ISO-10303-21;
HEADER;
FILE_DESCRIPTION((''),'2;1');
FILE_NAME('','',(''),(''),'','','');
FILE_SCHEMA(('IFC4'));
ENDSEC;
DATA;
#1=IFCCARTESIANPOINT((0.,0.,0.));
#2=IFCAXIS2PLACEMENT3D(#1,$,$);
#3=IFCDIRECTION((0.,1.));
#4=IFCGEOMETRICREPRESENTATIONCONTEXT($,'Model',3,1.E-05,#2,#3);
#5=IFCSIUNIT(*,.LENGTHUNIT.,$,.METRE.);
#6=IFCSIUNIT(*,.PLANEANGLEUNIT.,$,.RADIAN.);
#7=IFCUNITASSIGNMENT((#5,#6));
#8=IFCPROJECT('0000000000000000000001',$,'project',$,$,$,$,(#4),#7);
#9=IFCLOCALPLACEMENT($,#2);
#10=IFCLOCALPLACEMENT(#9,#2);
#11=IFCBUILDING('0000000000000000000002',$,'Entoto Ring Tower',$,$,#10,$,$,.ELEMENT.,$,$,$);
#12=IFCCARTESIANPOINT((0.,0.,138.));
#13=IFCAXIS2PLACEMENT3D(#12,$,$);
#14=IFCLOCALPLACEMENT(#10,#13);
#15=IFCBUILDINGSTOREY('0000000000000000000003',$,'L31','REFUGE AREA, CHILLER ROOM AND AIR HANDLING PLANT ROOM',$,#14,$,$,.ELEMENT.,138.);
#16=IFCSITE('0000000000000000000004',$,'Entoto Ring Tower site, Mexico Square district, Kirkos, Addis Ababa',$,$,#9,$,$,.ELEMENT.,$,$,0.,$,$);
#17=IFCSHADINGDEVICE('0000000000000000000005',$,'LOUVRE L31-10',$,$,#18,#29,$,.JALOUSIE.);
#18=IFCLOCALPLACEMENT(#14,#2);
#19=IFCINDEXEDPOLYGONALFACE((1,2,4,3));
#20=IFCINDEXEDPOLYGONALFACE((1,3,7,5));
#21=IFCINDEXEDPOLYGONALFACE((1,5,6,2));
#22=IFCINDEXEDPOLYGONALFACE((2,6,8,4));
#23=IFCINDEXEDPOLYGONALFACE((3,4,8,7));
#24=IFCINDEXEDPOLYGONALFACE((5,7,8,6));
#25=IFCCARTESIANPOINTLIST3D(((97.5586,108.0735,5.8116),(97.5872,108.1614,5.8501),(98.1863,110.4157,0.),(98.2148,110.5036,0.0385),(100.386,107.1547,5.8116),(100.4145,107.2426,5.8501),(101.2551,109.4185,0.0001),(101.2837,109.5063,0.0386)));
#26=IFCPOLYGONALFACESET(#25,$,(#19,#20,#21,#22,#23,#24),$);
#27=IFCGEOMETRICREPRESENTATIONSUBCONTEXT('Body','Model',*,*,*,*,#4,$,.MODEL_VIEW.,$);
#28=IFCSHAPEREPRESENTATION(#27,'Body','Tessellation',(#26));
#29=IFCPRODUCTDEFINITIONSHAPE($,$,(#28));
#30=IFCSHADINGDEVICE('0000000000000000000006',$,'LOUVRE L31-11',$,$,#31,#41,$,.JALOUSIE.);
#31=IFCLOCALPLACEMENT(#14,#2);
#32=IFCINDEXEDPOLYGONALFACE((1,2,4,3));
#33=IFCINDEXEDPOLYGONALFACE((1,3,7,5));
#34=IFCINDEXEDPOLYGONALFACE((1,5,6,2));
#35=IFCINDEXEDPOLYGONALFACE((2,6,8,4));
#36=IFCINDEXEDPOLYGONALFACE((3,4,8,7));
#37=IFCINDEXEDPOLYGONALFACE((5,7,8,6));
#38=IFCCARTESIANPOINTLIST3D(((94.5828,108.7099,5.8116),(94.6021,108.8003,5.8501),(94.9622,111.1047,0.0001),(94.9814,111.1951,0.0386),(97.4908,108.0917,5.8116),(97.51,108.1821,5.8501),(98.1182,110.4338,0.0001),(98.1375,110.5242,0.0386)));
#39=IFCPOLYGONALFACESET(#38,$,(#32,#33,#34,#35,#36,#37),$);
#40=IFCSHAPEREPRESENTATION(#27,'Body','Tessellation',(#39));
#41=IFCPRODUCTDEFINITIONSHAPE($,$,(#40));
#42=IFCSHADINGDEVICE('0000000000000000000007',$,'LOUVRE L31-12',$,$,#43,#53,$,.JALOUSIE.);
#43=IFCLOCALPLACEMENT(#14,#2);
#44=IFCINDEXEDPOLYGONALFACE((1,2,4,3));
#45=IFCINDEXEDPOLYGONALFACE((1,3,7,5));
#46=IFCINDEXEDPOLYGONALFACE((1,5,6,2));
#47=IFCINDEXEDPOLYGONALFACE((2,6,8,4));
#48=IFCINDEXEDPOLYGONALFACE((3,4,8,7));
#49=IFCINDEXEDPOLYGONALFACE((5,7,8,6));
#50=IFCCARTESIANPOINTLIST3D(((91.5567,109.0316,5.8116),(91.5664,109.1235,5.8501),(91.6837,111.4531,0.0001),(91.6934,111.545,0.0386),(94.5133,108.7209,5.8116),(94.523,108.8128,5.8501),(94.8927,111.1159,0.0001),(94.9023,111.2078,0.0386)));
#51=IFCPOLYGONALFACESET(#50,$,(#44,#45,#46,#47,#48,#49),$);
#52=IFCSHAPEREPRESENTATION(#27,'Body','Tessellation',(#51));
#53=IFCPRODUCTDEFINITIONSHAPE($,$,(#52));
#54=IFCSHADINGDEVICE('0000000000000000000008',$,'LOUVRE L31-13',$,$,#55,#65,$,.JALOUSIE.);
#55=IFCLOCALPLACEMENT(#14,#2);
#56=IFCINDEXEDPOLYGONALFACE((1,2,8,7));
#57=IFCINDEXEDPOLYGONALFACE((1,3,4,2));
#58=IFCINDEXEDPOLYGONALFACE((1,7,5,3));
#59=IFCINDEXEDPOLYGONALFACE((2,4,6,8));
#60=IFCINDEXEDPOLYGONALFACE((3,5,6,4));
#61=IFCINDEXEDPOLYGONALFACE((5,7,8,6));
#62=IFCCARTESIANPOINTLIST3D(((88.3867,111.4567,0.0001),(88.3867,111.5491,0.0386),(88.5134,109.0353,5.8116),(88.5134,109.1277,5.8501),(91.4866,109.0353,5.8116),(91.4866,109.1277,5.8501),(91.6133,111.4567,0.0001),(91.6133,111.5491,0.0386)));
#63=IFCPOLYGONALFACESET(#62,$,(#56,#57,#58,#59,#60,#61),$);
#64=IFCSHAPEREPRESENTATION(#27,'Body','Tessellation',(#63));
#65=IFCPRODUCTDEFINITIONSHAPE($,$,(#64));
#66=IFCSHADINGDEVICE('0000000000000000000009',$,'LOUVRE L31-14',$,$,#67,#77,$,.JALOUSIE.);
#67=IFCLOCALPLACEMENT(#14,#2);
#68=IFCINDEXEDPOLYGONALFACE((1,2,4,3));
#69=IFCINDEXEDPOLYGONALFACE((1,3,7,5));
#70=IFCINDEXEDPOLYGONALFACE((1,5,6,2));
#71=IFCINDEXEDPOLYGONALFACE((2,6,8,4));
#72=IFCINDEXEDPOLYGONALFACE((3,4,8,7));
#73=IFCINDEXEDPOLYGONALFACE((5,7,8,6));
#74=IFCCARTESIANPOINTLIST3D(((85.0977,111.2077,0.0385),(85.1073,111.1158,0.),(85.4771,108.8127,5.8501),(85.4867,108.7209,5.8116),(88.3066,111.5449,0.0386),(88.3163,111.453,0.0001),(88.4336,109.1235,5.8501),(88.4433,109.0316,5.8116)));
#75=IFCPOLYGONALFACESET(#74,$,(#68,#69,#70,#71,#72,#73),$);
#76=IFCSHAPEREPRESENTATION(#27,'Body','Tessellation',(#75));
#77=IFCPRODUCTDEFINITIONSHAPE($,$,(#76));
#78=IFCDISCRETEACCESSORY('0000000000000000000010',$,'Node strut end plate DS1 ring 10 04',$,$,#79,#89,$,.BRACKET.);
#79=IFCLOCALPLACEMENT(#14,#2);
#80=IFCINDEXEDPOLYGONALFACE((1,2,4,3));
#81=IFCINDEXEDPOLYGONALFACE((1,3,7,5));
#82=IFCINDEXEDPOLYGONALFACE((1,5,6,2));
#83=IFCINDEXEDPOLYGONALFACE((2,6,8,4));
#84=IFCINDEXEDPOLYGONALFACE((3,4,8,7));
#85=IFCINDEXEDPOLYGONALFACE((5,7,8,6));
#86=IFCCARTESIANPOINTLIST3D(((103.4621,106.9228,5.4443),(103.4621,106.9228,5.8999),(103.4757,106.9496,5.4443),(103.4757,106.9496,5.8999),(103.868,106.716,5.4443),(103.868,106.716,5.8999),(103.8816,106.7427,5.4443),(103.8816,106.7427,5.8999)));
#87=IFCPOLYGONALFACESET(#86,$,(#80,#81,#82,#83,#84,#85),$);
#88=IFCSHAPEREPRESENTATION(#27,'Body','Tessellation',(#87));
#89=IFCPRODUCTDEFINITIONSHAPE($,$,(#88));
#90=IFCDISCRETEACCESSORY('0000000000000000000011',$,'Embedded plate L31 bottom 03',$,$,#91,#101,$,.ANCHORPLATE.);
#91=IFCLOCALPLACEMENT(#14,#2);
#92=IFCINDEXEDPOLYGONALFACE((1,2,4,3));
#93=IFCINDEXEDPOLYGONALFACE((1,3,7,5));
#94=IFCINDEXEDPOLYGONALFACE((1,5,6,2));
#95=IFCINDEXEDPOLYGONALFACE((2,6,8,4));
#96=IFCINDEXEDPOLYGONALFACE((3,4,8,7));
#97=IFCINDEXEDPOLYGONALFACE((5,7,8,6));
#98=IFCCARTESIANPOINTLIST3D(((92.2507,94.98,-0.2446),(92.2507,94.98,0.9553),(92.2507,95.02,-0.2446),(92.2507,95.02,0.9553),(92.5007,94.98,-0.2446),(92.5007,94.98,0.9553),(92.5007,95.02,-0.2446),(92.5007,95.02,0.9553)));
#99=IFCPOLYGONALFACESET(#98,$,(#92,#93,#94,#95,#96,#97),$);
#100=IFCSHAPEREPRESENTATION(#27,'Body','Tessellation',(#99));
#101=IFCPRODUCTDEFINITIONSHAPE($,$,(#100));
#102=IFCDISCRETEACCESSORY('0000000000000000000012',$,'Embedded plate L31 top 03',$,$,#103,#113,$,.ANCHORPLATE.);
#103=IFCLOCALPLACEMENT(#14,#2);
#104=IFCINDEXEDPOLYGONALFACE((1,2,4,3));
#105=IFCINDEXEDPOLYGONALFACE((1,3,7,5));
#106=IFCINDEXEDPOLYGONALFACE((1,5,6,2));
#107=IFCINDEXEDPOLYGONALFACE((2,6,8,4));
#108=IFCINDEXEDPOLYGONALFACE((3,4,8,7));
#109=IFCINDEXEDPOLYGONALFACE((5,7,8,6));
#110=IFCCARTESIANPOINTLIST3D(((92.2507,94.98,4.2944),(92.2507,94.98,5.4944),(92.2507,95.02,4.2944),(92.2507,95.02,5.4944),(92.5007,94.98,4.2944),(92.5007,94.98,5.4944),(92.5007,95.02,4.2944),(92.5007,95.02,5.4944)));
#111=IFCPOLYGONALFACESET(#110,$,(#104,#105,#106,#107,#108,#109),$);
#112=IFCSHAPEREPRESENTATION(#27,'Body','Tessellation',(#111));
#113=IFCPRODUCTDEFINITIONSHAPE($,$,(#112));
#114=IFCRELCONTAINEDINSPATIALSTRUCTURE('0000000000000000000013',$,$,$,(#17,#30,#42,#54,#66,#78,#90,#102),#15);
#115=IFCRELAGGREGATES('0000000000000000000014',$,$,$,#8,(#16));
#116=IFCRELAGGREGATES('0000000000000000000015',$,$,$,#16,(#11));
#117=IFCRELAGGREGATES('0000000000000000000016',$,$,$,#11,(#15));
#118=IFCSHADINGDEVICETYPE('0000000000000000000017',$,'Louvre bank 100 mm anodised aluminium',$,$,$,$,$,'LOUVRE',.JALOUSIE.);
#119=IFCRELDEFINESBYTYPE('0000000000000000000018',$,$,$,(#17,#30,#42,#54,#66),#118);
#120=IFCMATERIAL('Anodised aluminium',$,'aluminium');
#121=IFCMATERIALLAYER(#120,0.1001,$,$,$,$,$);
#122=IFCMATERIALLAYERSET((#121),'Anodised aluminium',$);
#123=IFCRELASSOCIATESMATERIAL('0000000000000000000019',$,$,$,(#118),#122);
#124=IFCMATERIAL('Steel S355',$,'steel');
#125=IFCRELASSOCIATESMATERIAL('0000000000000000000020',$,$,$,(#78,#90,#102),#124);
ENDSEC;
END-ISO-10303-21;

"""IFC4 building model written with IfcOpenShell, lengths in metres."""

from ifc_helpers import new_model, si_unit, direction, frame, origin, origin_2d, place, context, subcontext, project, spatial, polyline, rectangle, outline, extrude, material, layer, layer_set, type_object, element, save


model = new_model("IFC4")

# Units and contexts
model_context = context("Model", 3, precision=1e-05, world=origin(), true_north=direction((0.0, 1.0)))
body_context = subcontext(model_context, "Body", "Model", "MODEL_VIEW")
ifc_project = project(units=[si_unit("LENGTHUNIT", "METRE"), si_unit("PLANEANGLEUNIT", "RADIAN")], contexts=[model_context])

# Site, building, storey
site_placement = place(None, origin())
site = spatial("IfcSite", under=ifc_project, at=site_placement, Name="Entoto Ring Tower site, Mexico Square district, Kirkos, Addis Ababa", CompositionType="ELEMENT", RefElevation=0.0)
building_placement = place(site_placement, origin())
building = spatial("IfcBuilding", under=site, at=building_placement, Name="Entoto Ring Tower", CompositionType="ELEMENT")
storey_placement = place(building_placement, frame((0.0, 0.0, 138.0)))
storey = spatial("IfcBuildingStorey", under=building, at=storey_placement, Name="L31", Description="REFUGE AREA, CHILLER ROOM AND AIR HANDLING PLANT ROOM", CompositionType="ELEMENT", Elevation=138.0)

# Shading devices
ifc_material_1 = material(Name="Anodised aluminium", Category="aluminium")
ifc_layer_1 = layer(ifc_material_1, 0.1001)
ifc_layer_set_1 = layer_set([ifc_layer_1], Name="Anodised aluminium")
shading_device_type = type_object("IfcShadingDeviceType", Name="Louvre bank 100 mm anodised aluminium", ElementType="LOUVRE", PredefinedType="JALOUSIE", material=ifc_layer_set_1)
shading_device_1_placement = place(storey_placement, frame((101.2837, 109.5063, 0.0386), z_axis=(0.285274, 0.877885, 0.384624), x_axis=(-0.951045, 0.309051, -0.000008)))
element("IfcShadingDevice", 1, at=shading_device_1_placement, inside=storey, type_object=shading_device_type, Name="LOUVRE L31-10", PredefinedType="JALOUSIE", context=body_context, shape_type="SweptSolid", body=[
    extrude(outline(polyline([(0.0, 0.0), (3.2268, 0.0), (3.0999, 6.2959), (0.127, 6.2958), (0.0, 0.0)])), origin(), (0.0, 0.0, -1.0), 0.1001),
])
shading_device_2_placement = place(storey_placement, frame((98.1375, 110.5242, 0.0386), z_axis=(0.191938, 0.90291, 0.384595), x_axis=(-0.978143, 0.207931, 0.0)))
element("IfcShadingDevice", 2, at=shading_device_2_placement, inside=storey, type_object=shading_device_type, Name="LOUVRE L31-11", PredefinedType="JALOUSIE", context=body_context, shape_type="SweptSolid", body=[
    extrude(outline(polyline([(0.0, 0.0), (3.2265, 0.0), (3.0997, 6.2958), (0.1267, 6.2958), (0.0, 0.0)])), origin(), (0.0, 0.0, -1.0), 0.1001),
])
shading_device_3_placement = place(storey_placement, frame((94.9023, 111.2078, 0.0386), z_axis=(0.096477, 0.918021, 0.384616), x_axis=(-0.994524, 0.104513, 0.000009)))
element("IfcShadingDevice", 3, at=shading_device_3_placement, inside=storey, type_object=shading_device_type, Name="LOUVRE L31-12", PredefinedType="JALOUSIE", context=body_context, shape_type="SweptSolid", body=[
    extrude(outline(polyline([(0.0, 0.0), (3.2266, 0.0), (3.0999, 6.2958), (0.1271, 6.2958), (0.0, 0.0)])), origin(), (0.0, 0.0, -1.0), 0.1001),
])
shading_device_4_placement = place(storey_placement, frame((91.6133, 111.5491, 0.0386), z_axis=(0.0, 0.923082, 0.384604), x_axis=(-1.0, 0.0, 0.0)))
element("IfcShadingDevice", 4, at=shading_device_4_placement, inside=storey, type_object=shading_device_type, Name="LOUVRE L31-13", PredefinedType="JALOUSIE", context=body_context, shape_type="SweptSolid", body=[
    extrude(outline(polyline([(0.0, 0.0), (3.2266, 0.0), (3.0999, 6.2958), (0.1267, 6.2958), (0.0, 0.0)])), origin(), (0.0, 0.0, -1.0), 0.1001),
])
shading_device_5_placement = place(storey_placement, frame((88.3066, 111.5449, 0.0386), z_axis=(-0.096477, 0.918021, 0.384616), x_axis=(-0.994524, -0.104513, -0.000009)))
element("IfcShadingDevice", 5, at=shading_device_5_placement, inside=storey, type_object=shading_device_type, Name="LOUVRE L31-14", PredefinedType="JALOUSIE", context=body_context, shape_type="SweptSolid", body=[
    extrude(outline(polyline([(0.0, 0.0), (3.2266, 0.0), (3.0996, 6.2958), (0.1268, 6.2958), (0.0, 0.0)])), origin(), (0.0, 0.0, -1.0), 0.1001),
])

# Discrete accessories
ifc_material_2 = material(Name="Steel S355", Category="steel")
discrete_accessory_placement = place(storey_placement, frame((103.6719, 106.8328, 5.4443), z_axis=(0.0, 0.0, 1.0), x_axis=(0.45399, 0.891007, 0.0)))
element("IfcDiscreteAccessory", 6, at=discrete_accessory_placement, inside=storey, material=ifc_material_2, Name="Node strut end plate DS1 ring 10 04", PredefinedType="BRACKET", context=body_context, shape_type="SweptSolid", body=[
    extrude(rectangle(XDim=0.03, YDim=0.4556, at=origin_2d()), origin(), (0.0, 0.0, 1.0), 0.4556),
])
for number, where, z_axis, x_axis, name in (
    (7, (92.3757, 95.0, -0.2446), (0.0, 0.0, 1.0), (0.0, 1.0, 0.0), "Embedded plate L31 bottom 03"),
    (8, (92.3757, 95.0, 4.2944), (0.0, 0.0, 1.0), (0.0, 1.0, 0.0), "Embedded plate L31 top 03"),
):
    element("IfcDiscreteAccessory", number, at=place(storey_placement, frame(where, z_axis=z_axis, x_axis=x_axis)), inside=storey, material=ifc_material_2, Name=name, PredefinedType="ANCHORPLATE", context=body_context, shape_type="SweptSolid", body=[
        extrude(rectangle(XDim=0.04, YDim=0.25, at=origin_2d()), origin(), (0.0, 0.0, 1.0), 1.2),
    ])

save(model, "model.ifc")
